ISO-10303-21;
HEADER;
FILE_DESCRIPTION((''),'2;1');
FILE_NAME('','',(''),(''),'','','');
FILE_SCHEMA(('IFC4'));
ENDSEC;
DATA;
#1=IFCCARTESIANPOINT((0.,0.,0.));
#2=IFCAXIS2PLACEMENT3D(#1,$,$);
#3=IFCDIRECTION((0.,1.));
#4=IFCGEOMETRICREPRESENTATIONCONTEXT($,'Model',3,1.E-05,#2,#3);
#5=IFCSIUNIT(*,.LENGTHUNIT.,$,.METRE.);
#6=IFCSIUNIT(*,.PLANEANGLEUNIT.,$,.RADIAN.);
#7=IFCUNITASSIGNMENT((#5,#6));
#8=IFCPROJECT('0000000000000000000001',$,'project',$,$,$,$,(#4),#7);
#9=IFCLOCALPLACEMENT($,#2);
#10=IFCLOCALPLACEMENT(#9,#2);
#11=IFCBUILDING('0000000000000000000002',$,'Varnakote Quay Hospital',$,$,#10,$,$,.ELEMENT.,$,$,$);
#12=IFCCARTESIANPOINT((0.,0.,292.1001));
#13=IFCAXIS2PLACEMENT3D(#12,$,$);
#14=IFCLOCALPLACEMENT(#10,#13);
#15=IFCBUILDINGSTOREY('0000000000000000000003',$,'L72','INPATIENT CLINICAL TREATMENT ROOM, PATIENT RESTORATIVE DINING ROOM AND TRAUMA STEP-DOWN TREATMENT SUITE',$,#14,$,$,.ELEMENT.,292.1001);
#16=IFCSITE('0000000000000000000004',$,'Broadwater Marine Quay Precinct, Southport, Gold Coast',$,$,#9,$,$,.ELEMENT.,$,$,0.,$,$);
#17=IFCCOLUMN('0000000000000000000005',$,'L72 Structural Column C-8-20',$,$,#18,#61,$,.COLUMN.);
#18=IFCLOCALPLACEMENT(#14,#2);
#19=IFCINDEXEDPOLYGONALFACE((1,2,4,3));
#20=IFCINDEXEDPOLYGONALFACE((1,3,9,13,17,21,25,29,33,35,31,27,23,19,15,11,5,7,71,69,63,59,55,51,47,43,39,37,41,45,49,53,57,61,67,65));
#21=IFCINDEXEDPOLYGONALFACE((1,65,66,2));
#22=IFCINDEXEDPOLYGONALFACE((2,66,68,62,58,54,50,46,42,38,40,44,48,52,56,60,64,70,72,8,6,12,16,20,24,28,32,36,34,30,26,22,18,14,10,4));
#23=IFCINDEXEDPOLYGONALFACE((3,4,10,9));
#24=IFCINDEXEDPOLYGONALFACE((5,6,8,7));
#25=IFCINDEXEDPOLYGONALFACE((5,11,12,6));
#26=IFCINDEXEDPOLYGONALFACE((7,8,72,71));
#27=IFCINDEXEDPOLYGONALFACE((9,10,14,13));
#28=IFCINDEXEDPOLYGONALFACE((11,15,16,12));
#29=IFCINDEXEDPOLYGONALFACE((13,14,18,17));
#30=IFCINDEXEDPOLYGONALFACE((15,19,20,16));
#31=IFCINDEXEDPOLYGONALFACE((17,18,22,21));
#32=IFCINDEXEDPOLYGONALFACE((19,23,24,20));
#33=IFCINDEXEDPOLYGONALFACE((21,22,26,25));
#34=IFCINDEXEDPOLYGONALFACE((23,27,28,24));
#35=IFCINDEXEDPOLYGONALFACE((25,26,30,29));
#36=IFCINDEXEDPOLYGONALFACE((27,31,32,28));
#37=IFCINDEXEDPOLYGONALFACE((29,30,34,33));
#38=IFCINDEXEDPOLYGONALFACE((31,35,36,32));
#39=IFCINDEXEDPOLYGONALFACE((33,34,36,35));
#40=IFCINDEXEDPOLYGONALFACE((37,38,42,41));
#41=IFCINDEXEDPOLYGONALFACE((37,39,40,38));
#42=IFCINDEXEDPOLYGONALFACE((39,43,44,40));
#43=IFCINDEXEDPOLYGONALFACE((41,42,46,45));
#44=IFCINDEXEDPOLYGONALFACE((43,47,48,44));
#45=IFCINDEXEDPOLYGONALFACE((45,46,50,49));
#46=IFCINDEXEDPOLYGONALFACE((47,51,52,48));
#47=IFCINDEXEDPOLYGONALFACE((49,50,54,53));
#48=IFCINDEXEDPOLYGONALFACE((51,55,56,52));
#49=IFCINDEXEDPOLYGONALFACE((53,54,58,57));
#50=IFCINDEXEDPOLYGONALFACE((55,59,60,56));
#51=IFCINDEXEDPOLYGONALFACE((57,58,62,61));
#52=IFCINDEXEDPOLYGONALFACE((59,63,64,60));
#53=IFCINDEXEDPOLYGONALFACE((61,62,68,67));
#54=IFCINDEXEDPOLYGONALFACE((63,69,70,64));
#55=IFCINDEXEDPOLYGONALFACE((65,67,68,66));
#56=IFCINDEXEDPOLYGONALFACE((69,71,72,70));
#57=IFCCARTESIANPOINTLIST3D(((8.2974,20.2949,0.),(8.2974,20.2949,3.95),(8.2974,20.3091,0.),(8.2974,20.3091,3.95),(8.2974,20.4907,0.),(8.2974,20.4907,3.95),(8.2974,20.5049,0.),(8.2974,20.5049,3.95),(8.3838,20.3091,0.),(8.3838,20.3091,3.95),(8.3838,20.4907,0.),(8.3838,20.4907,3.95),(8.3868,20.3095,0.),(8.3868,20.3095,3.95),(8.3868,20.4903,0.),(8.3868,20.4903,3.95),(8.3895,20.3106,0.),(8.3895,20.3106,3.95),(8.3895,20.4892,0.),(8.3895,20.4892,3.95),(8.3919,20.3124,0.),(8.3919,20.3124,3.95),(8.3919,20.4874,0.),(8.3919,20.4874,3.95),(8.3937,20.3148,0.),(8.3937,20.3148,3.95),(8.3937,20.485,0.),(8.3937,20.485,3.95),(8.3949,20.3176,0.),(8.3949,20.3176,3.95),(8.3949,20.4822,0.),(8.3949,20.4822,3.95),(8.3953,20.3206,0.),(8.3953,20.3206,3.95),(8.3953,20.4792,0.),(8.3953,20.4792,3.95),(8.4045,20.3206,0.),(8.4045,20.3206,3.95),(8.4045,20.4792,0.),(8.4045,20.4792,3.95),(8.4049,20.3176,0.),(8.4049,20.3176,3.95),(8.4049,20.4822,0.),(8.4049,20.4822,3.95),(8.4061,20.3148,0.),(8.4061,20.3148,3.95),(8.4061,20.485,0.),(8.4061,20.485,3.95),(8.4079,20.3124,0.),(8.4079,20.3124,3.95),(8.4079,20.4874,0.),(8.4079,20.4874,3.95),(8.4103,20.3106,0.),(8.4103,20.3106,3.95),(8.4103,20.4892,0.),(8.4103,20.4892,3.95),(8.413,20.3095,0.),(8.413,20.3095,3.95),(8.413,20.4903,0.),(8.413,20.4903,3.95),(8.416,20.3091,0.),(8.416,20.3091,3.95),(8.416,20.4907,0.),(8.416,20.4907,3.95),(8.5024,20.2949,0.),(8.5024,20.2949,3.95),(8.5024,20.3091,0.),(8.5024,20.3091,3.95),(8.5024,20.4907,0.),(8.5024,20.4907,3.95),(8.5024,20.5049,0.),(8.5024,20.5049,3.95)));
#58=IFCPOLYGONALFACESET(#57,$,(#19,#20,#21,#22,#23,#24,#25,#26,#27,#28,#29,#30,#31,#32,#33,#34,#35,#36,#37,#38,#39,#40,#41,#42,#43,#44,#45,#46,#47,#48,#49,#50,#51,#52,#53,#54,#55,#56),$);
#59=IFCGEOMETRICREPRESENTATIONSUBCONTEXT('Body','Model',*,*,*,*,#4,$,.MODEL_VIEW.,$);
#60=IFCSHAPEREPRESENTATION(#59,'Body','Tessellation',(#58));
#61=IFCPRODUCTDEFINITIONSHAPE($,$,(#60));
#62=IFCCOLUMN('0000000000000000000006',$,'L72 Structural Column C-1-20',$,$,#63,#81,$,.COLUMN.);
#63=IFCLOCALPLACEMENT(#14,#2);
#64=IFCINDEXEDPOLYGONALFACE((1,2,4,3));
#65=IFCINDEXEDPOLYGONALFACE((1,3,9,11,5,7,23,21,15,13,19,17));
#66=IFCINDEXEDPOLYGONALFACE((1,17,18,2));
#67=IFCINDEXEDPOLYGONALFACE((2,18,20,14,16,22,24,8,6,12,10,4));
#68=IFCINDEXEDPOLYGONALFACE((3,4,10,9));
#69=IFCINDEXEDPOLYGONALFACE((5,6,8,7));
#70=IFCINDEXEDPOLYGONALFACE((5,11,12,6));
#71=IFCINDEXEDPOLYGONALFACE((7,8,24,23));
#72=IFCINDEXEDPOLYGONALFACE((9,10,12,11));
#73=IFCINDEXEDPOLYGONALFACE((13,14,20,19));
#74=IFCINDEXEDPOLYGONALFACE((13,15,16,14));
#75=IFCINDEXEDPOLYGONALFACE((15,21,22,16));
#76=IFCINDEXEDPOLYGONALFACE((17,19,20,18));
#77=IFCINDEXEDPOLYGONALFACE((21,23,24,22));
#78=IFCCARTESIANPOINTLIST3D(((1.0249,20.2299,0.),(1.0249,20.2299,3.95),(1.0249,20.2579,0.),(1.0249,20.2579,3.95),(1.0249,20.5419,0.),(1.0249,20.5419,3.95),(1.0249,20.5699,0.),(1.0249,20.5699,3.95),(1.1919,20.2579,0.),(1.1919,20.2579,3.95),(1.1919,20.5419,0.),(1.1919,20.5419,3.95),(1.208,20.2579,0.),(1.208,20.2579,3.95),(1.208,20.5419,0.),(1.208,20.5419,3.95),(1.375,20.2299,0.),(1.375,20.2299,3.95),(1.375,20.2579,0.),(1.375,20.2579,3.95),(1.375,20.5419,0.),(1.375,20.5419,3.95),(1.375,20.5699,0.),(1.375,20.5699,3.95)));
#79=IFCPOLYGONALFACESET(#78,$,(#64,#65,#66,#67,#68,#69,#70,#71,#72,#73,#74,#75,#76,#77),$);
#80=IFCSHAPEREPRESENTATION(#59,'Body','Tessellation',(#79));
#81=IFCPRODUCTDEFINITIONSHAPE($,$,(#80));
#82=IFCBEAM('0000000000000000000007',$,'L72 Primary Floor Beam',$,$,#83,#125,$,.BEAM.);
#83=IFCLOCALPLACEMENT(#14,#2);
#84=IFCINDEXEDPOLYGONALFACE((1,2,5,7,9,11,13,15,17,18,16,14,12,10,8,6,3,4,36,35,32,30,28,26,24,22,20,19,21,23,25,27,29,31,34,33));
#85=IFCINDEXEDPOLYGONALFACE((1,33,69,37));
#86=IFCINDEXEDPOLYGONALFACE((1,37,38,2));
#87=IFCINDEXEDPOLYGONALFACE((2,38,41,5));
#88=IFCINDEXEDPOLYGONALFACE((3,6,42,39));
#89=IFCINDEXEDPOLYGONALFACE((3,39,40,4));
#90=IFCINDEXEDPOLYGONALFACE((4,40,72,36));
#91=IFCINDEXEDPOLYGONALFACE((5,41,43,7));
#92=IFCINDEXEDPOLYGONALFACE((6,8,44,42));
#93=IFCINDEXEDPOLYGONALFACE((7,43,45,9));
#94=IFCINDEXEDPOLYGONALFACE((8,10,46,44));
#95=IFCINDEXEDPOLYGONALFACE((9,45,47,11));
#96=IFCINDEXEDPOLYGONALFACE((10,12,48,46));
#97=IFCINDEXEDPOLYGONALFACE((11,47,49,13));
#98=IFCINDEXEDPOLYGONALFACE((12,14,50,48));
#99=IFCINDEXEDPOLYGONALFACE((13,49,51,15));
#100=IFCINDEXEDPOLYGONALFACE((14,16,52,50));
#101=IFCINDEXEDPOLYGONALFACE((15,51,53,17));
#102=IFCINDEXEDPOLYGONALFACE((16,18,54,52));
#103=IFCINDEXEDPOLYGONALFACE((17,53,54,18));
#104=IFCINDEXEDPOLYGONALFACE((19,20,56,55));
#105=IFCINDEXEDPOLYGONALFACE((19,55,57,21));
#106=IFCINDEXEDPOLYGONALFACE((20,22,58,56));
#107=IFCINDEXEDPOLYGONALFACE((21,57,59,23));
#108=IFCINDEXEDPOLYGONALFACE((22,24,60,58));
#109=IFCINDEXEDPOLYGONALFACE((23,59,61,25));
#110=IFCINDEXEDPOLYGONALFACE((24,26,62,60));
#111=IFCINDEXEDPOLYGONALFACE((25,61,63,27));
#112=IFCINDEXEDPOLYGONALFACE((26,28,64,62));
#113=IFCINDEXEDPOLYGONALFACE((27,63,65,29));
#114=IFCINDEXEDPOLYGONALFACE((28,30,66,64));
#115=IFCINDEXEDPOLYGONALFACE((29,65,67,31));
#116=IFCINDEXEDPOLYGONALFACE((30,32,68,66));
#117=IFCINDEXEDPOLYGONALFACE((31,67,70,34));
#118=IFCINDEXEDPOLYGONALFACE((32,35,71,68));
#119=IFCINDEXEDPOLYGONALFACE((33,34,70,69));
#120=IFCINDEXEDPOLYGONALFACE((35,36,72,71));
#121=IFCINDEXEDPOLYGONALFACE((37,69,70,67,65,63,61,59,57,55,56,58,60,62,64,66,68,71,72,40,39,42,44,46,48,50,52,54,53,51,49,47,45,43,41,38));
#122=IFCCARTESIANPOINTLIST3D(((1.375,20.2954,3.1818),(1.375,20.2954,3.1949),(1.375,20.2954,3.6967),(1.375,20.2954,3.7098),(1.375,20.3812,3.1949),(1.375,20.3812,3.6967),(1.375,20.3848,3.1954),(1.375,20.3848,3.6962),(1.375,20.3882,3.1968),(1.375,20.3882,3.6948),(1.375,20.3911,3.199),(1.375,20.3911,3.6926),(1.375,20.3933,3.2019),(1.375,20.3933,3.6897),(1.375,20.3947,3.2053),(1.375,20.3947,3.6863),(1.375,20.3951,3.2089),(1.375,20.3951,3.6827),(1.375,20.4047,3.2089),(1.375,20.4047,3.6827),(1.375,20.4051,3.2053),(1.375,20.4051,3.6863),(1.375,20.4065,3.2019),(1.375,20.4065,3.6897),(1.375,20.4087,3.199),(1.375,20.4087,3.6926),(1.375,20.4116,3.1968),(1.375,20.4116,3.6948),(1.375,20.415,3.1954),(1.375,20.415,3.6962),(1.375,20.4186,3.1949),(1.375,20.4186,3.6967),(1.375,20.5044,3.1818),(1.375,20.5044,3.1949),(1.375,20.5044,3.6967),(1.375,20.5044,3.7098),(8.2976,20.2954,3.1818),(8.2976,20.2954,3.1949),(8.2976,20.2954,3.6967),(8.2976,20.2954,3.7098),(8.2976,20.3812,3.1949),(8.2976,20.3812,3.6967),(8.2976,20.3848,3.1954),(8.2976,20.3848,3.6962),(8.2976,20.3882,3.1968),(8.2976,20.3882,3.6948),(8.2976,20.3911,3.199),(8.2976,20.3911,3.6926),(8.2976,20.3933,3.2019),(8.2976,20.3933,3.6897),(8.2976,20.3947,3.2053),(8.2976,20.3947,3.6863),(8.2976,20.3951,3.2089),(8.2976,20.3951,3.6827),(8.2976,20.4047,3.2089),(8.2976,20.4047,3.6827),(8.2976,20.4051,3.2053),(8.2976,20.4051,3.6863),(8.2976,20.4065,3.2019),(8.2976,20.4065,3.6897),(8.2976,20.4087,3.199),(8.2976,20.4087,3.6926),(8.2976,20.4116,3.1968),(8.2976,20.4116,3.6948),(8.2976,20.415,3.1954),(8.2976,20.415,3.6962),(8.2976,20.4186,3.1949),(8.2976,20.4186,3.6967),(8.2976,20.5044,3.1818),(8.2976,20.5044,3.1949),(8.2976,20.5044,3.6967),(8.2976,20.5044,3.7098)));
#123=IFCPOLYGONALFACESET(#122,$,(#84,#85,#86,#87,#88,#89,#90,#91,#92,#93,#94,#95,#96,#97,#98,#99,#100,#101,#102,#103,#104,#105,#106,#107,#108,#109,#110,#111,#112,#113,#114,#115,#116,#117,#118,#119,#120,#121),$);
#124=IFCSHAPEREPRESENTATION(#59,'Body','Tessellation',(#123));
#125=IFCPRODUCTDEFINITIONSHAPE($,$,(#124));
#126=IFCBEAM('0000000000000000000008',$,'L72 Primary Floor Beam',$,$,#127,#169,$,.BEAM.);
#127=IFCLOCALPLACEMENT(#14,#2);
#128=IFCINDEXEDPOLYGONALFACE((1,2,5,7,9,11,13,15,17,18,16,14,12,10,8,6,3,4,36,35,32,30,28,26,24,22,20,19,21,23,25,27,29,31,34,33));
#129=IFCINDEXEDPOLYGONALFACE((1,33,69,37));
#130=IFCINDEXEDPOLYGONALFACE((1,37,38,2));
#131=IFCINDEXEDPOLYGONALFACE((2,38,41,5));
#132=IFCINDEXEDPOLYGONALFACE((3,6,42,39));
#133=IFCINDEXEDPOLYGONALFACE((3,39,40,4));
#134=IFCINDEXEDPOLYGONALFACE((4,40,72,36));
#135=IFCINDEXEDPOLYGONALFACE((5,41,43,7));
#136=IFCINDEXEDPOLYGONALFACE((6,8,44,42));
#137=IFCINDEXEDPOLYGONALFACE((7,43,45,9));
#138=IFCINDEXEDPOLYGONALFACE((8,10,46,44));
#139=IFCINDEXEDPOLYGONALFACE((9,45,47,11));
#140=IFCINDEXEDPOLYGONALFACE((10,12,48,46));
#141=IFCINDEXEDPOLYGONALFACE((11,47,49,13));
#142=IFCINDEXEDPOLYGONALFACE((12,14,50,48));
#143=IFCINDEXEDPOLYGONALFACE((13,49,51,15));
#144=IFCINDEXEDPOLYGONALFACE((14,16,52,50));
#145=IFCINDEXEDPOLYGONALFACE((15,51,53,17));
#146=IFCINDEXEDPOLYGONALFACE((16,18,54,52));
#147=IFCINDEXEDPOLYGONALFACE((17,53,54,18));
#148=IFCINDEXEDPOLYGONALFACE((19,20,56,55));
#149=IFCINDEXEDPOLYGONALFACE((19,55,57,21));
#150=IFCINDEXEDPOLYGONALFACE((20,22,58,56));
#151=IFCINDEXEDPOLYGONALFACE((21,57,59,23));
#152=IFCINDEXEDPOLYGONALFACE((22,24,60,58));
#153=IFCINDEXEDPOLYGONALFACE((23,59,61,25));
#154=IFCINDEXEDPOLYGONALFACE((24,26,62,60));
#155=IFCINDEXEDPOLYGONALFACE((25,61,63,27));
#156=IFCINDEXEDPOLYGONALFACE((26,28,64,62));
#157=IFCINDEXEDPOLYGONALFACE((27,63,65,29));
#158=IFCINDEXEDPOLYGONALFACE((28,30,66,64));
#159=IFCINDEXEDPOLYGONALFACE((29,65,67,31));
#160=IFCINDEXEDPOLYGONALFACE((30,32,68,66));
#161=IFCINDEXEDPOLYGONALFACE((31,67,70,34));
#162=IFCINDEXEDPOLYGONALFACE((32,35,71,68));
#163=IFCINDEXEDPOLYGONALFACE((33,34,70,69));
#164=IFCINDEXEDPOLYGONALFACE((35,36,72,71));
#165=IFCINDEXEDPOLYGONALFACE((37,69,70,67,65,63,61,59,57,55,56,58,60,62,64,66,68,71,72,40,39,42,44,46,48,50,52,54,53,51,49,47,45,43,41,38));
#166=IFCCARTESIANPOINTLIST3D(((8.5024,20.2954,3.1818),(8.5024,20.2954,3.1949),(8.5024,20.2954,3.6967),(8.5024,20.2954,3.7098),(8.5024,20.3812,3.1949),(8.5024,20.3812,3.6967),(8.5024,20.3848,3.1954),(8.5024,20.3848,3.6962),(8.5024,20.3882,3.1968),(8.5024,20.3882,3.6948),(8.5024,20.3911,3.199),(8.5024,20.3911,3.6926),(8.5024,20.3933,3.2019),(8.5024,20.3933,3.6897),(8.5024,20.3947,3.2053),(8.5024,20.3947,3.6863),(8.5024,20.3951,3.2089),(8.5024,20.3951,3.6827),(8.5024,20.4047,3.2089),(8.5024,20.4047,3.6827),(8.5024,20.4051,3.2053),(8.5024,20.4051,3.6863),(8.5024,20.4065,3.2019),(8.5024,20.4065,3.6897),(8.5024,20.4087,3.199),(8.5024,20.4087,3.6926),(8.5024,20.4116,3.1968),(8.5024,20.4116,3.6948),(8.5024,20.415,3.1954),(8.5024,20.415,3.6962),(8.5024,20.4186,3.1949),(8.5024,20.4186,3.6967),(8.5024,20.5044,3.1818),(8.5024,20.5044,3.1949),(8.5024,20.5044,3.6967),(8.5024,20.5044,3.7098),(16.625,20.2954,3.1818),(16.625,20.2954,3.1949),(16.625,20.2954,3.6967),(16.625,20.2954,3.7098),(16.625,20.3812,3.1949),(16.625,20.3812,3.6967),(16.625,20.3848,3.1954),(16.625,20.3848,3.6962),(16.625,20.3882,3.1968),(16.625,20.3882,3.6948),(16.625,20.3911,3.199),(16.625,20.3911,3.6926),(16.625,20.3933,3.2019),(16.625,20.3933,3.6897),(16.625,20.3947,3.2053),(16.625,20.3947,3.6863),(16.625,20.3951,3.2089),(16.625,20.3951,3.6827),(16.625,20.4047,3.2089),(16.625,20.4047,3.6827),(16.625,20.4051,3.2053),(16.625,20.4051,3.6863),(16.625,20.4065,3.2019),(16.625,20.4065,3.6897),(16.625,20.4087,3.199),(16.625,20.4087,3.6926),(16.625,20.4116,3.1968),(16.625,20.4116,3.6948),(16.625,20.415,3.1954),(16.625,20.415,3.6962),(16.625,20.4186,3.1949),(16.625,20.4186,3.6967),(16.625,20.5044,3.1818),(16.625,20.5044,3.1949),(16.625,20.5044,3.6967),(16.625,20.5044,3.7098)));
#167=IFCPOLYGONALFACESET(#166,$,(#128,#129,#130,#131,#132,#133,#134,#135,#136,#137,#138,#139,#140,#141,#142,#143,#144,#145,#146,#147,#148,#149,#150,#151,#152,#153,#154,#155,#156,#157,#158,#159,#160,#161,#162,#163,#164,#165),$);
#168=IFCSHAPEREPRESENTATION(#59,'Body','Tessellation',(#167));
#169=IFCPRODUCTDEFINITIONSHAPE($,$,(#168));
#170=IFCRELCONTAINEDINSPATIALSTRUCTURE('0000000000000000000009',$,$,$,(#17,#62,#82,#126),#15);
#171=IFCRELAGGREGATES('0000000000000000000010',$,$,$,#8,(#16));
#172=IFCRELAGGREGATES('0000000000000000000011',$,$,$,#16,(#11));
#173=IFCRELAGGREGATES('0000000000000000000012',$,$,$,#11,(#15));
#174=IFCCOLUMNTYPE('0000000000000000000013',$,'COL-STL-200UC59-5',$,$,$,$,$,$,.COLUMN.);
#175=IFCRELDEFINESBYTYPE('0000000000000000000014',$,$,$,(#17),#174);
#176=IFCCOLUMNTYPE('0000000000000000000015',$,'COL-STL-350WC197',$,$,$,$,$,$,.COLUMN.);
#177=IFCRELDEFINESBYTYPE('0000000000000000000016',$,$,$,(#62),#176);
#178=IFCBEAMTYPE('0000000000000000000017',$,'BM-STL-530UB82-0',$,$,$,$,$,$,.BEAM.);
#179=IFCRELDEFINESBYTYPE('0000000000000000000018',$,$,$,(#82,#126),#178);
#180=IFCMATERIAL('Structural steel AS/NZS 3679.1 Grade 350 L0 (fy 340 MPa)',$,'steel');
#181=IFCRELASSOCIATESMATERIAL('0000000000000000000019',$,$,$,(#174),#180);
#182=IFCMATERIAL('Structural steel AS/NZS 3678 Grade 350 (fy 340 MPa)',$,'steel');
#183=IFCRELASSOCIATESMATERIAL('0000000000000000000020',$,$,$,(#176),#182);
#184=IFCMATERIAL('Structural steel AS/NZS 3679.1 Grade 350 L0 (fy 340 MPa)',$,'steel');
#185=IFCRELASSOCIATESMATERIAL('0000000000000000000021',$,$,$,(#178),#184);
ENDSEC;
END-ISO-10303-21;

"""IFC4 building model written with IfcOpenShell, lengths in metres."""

from ifc_helpers import new_model, si_unit, direction, frame, origin, origin_2d, place, context, subcontext, project, spatial, i_section, extrude, material, material_profile, profile_set, type_object, element, save


model = new_model("IFC4")

# Units and contexts
model_context = context("Model", 3, precision=1e-05, world=origin(), true_north=direction((0.0, 1.0)))
body_context = subcontext(model_context, "Body", "Model", "MODEL_VIEW")
ifc_project = project(units=[si_unit("LENGTHUNIT", "METRE"), si_unit("PLANEANGLEUNIT", "RADIAN")], contexts=[model_context])

# Site, building, storey
site_placement = place(None, origin())
site = spatial("IfcSite", under=ifc_project, at=site_placement, Name="Broadwater Marine Quay Precinct, Southport, Gold Coast", CompositionType="ELEMENT", RefElevation=0.0)
building_placement = place(site_placement, origin())
building = spatial("IfcBuilding", under=site, at=building_placement, Name="Varnakote Quay Hospital", CompositionType="ELEMENT")
storey_placement = place(building_placement, frame((0.0, 0.0, 292.1001)))
storey = spatial("IfcBuildingStorey", under=building, at=storey_placement, Name="L72", Description="INPATIENT CLINICAL TREATMENT ROOM, PATIENT RESTORATIVE DINING ROOM AND TRAUMA STEP-DOWN TREATMENT SUITE", CompositionType="ELEMENT", Elevation=292.1001)

# Columns
ifc_material_1 = material(Name="Structural steel AS/NZS 3679.1 Grade 350 L0 (fy 340 MPa)", Category="steel")
ifc_material_profile_1 = material_profile(ifc_material_1, i_section(OverallWidth=0.2051, OverallDepth=0.21, WebThickness=0.0093, FlangeThickness=0.0142, FilletRadius=0.0115, at=origin_2d()), Name="200UC59.5")
ifc_profile_set_1 = profile_set([ifc_material_profile_1], Name="Structural steel AS/NZS 3679.1 Grade 350 L0 (fy 340 MPa)")
column_type_1 = type_object("IfcColumnType", Name="COL-STL-200UC59-5", PredefinedType="COLUMN", material=ifc_profile_set_1)
column_1_placement = place(storey_placement, frame((8.3999, 20.3999, 0.0), z_axis=(0.0, 0.0, 1.0), x_axis=(1.0, 0.0, 0.0)))
element("IfcColumn", 1, at=column_1_placement, inside=storey, type_object=column_type_1, Name="L72 Structural Column C-8-20", PredefinedType="COLUMN", context=body_context, shape_type="SweptSolid", body=[
    extrude(i_section(OverallWidth=0.2051, OverallDepth=0.21, WebThickness=0.0093, FlangeThickness=0.0142, FilletRadius=0.0115, at=origin_2d()), origin(), (0.0, 0.0, 1.0), 3.95),
])
ifc_material_2 = material(Name="Structural steel AS/NZS 3678 Grade 350 (fy 340 MPa)", Category="steel")
ifc_material_profile_2 = material_profile(ifc_material_2, i_section(OverallWidth=0.3501, OverallDepth=0.3401, WebThickness=0.0161, FlangeThickness=0.0281, at=origin_2d()), Name="350WC197")
ifc_profile_set_2 = profile_set([ifc_material_profile_2], Name="Structural steel AS/NZS 3678 Grade 350 (fy 340 MPa)")
column_type_2 = type_object("IfcColumnType", Name="COL-STL-350WC197", PredefinedType="COLUMN", material=ifc_profile_set_2)
column_2_placement = place(storey_placement, frame((1.2, 20.3999, 0.0), z_axis=(0.0, 0.0, 1.0), x_axis=(1.0, 0.0, 0.0)))
element("IfcColumn", 2, at=column_2_placement, inside=storey, type_object=column_type_2, Name="L72 Structural Column C-1-20", PredefinedType="COLUMN", context=body_context, shape_type="SweptSolid", body=[
    extrude(i_section(OverallWidth=0.3501, OverallDepth=0.3401, WebThickness=0.0161, FlangeThickness=0.0281, at=origin_2d()), origin(), (0.0, 0.0, 1.0), 3.95),
])

# Beams
ifc_material_3 = material(Name="Structural steel AS/NZS 3679.1 Grade 350 L0 (fy 340 MPa)", Category="steel")
ifc_material_profile_3 = material_profile(ifc_material_3, i_section(OverallWidth=0.209, OverallDepth=0.5281, WebThickness=0.0095, FlangeThickness=0.0132, FilletRadius=0.0139, at=origin_2d()), Name="530UB82.0")
ifc_profile_set_3 = profile_set([ifc_material_profile_3], Name="Structural steel AS/NZS 3679.1 Grade 350 L0 (fy 340 MPa)")
beam_type_1 = type_object("IfcBeamType", Name="BM-STL-530UB82-0", PredefinedType="BEAM", material=ifc_profile_set_3)
beam_1_placement = place(storey_placement, frame((1.375, 20.3999, 3.4458), z_axis=(1.0, 0.0, 0.0), x_axis=(0.0, 1.0, 0.0)))
element("IfcBeam", 3, at=beam_1_placement, inside=storey, type_object=beam_type_1, Name="L72 Primary Floor Beam", PredefinedType="BEAM", context=body_context, shape_type="SweptSolid", body=[
    extrude(i_section(OverallWidth=0.209, OverallDepth=0.5281, WebThickness=0.0095, FlangeThickness=0.0132, FilletRadius=0.0139, at=origin_2d()), origin(), (0.0, 0.0, 1.0), 6.9226),
])
beam_2_placement = place(storey_placement, frame((8.5024, 20.3999, 3.4458), z_axis=(1.0, 0.0, 0.0), x_axis=(0.0, 1.0, 0.0)))
element("IfcBeam", 4, at=beam_2_placement, inside=storey, type_object=beam_type_1, Name="L72 Primary Floor Beam", PredefinedType="BEAM", context=body_context, shape_type="SweptSolid", body=[
    extrude(i_section(OverallWidth=0.209, OverallDepth=0.5281, WebThickness=0.0095, FlangeThickness=0.0132, FilletRadius=0.0139, at=origin_2d()), origin(), (0.0, 0.0, 1.0), 8.1226),
])

save(model, "model.ifc")
